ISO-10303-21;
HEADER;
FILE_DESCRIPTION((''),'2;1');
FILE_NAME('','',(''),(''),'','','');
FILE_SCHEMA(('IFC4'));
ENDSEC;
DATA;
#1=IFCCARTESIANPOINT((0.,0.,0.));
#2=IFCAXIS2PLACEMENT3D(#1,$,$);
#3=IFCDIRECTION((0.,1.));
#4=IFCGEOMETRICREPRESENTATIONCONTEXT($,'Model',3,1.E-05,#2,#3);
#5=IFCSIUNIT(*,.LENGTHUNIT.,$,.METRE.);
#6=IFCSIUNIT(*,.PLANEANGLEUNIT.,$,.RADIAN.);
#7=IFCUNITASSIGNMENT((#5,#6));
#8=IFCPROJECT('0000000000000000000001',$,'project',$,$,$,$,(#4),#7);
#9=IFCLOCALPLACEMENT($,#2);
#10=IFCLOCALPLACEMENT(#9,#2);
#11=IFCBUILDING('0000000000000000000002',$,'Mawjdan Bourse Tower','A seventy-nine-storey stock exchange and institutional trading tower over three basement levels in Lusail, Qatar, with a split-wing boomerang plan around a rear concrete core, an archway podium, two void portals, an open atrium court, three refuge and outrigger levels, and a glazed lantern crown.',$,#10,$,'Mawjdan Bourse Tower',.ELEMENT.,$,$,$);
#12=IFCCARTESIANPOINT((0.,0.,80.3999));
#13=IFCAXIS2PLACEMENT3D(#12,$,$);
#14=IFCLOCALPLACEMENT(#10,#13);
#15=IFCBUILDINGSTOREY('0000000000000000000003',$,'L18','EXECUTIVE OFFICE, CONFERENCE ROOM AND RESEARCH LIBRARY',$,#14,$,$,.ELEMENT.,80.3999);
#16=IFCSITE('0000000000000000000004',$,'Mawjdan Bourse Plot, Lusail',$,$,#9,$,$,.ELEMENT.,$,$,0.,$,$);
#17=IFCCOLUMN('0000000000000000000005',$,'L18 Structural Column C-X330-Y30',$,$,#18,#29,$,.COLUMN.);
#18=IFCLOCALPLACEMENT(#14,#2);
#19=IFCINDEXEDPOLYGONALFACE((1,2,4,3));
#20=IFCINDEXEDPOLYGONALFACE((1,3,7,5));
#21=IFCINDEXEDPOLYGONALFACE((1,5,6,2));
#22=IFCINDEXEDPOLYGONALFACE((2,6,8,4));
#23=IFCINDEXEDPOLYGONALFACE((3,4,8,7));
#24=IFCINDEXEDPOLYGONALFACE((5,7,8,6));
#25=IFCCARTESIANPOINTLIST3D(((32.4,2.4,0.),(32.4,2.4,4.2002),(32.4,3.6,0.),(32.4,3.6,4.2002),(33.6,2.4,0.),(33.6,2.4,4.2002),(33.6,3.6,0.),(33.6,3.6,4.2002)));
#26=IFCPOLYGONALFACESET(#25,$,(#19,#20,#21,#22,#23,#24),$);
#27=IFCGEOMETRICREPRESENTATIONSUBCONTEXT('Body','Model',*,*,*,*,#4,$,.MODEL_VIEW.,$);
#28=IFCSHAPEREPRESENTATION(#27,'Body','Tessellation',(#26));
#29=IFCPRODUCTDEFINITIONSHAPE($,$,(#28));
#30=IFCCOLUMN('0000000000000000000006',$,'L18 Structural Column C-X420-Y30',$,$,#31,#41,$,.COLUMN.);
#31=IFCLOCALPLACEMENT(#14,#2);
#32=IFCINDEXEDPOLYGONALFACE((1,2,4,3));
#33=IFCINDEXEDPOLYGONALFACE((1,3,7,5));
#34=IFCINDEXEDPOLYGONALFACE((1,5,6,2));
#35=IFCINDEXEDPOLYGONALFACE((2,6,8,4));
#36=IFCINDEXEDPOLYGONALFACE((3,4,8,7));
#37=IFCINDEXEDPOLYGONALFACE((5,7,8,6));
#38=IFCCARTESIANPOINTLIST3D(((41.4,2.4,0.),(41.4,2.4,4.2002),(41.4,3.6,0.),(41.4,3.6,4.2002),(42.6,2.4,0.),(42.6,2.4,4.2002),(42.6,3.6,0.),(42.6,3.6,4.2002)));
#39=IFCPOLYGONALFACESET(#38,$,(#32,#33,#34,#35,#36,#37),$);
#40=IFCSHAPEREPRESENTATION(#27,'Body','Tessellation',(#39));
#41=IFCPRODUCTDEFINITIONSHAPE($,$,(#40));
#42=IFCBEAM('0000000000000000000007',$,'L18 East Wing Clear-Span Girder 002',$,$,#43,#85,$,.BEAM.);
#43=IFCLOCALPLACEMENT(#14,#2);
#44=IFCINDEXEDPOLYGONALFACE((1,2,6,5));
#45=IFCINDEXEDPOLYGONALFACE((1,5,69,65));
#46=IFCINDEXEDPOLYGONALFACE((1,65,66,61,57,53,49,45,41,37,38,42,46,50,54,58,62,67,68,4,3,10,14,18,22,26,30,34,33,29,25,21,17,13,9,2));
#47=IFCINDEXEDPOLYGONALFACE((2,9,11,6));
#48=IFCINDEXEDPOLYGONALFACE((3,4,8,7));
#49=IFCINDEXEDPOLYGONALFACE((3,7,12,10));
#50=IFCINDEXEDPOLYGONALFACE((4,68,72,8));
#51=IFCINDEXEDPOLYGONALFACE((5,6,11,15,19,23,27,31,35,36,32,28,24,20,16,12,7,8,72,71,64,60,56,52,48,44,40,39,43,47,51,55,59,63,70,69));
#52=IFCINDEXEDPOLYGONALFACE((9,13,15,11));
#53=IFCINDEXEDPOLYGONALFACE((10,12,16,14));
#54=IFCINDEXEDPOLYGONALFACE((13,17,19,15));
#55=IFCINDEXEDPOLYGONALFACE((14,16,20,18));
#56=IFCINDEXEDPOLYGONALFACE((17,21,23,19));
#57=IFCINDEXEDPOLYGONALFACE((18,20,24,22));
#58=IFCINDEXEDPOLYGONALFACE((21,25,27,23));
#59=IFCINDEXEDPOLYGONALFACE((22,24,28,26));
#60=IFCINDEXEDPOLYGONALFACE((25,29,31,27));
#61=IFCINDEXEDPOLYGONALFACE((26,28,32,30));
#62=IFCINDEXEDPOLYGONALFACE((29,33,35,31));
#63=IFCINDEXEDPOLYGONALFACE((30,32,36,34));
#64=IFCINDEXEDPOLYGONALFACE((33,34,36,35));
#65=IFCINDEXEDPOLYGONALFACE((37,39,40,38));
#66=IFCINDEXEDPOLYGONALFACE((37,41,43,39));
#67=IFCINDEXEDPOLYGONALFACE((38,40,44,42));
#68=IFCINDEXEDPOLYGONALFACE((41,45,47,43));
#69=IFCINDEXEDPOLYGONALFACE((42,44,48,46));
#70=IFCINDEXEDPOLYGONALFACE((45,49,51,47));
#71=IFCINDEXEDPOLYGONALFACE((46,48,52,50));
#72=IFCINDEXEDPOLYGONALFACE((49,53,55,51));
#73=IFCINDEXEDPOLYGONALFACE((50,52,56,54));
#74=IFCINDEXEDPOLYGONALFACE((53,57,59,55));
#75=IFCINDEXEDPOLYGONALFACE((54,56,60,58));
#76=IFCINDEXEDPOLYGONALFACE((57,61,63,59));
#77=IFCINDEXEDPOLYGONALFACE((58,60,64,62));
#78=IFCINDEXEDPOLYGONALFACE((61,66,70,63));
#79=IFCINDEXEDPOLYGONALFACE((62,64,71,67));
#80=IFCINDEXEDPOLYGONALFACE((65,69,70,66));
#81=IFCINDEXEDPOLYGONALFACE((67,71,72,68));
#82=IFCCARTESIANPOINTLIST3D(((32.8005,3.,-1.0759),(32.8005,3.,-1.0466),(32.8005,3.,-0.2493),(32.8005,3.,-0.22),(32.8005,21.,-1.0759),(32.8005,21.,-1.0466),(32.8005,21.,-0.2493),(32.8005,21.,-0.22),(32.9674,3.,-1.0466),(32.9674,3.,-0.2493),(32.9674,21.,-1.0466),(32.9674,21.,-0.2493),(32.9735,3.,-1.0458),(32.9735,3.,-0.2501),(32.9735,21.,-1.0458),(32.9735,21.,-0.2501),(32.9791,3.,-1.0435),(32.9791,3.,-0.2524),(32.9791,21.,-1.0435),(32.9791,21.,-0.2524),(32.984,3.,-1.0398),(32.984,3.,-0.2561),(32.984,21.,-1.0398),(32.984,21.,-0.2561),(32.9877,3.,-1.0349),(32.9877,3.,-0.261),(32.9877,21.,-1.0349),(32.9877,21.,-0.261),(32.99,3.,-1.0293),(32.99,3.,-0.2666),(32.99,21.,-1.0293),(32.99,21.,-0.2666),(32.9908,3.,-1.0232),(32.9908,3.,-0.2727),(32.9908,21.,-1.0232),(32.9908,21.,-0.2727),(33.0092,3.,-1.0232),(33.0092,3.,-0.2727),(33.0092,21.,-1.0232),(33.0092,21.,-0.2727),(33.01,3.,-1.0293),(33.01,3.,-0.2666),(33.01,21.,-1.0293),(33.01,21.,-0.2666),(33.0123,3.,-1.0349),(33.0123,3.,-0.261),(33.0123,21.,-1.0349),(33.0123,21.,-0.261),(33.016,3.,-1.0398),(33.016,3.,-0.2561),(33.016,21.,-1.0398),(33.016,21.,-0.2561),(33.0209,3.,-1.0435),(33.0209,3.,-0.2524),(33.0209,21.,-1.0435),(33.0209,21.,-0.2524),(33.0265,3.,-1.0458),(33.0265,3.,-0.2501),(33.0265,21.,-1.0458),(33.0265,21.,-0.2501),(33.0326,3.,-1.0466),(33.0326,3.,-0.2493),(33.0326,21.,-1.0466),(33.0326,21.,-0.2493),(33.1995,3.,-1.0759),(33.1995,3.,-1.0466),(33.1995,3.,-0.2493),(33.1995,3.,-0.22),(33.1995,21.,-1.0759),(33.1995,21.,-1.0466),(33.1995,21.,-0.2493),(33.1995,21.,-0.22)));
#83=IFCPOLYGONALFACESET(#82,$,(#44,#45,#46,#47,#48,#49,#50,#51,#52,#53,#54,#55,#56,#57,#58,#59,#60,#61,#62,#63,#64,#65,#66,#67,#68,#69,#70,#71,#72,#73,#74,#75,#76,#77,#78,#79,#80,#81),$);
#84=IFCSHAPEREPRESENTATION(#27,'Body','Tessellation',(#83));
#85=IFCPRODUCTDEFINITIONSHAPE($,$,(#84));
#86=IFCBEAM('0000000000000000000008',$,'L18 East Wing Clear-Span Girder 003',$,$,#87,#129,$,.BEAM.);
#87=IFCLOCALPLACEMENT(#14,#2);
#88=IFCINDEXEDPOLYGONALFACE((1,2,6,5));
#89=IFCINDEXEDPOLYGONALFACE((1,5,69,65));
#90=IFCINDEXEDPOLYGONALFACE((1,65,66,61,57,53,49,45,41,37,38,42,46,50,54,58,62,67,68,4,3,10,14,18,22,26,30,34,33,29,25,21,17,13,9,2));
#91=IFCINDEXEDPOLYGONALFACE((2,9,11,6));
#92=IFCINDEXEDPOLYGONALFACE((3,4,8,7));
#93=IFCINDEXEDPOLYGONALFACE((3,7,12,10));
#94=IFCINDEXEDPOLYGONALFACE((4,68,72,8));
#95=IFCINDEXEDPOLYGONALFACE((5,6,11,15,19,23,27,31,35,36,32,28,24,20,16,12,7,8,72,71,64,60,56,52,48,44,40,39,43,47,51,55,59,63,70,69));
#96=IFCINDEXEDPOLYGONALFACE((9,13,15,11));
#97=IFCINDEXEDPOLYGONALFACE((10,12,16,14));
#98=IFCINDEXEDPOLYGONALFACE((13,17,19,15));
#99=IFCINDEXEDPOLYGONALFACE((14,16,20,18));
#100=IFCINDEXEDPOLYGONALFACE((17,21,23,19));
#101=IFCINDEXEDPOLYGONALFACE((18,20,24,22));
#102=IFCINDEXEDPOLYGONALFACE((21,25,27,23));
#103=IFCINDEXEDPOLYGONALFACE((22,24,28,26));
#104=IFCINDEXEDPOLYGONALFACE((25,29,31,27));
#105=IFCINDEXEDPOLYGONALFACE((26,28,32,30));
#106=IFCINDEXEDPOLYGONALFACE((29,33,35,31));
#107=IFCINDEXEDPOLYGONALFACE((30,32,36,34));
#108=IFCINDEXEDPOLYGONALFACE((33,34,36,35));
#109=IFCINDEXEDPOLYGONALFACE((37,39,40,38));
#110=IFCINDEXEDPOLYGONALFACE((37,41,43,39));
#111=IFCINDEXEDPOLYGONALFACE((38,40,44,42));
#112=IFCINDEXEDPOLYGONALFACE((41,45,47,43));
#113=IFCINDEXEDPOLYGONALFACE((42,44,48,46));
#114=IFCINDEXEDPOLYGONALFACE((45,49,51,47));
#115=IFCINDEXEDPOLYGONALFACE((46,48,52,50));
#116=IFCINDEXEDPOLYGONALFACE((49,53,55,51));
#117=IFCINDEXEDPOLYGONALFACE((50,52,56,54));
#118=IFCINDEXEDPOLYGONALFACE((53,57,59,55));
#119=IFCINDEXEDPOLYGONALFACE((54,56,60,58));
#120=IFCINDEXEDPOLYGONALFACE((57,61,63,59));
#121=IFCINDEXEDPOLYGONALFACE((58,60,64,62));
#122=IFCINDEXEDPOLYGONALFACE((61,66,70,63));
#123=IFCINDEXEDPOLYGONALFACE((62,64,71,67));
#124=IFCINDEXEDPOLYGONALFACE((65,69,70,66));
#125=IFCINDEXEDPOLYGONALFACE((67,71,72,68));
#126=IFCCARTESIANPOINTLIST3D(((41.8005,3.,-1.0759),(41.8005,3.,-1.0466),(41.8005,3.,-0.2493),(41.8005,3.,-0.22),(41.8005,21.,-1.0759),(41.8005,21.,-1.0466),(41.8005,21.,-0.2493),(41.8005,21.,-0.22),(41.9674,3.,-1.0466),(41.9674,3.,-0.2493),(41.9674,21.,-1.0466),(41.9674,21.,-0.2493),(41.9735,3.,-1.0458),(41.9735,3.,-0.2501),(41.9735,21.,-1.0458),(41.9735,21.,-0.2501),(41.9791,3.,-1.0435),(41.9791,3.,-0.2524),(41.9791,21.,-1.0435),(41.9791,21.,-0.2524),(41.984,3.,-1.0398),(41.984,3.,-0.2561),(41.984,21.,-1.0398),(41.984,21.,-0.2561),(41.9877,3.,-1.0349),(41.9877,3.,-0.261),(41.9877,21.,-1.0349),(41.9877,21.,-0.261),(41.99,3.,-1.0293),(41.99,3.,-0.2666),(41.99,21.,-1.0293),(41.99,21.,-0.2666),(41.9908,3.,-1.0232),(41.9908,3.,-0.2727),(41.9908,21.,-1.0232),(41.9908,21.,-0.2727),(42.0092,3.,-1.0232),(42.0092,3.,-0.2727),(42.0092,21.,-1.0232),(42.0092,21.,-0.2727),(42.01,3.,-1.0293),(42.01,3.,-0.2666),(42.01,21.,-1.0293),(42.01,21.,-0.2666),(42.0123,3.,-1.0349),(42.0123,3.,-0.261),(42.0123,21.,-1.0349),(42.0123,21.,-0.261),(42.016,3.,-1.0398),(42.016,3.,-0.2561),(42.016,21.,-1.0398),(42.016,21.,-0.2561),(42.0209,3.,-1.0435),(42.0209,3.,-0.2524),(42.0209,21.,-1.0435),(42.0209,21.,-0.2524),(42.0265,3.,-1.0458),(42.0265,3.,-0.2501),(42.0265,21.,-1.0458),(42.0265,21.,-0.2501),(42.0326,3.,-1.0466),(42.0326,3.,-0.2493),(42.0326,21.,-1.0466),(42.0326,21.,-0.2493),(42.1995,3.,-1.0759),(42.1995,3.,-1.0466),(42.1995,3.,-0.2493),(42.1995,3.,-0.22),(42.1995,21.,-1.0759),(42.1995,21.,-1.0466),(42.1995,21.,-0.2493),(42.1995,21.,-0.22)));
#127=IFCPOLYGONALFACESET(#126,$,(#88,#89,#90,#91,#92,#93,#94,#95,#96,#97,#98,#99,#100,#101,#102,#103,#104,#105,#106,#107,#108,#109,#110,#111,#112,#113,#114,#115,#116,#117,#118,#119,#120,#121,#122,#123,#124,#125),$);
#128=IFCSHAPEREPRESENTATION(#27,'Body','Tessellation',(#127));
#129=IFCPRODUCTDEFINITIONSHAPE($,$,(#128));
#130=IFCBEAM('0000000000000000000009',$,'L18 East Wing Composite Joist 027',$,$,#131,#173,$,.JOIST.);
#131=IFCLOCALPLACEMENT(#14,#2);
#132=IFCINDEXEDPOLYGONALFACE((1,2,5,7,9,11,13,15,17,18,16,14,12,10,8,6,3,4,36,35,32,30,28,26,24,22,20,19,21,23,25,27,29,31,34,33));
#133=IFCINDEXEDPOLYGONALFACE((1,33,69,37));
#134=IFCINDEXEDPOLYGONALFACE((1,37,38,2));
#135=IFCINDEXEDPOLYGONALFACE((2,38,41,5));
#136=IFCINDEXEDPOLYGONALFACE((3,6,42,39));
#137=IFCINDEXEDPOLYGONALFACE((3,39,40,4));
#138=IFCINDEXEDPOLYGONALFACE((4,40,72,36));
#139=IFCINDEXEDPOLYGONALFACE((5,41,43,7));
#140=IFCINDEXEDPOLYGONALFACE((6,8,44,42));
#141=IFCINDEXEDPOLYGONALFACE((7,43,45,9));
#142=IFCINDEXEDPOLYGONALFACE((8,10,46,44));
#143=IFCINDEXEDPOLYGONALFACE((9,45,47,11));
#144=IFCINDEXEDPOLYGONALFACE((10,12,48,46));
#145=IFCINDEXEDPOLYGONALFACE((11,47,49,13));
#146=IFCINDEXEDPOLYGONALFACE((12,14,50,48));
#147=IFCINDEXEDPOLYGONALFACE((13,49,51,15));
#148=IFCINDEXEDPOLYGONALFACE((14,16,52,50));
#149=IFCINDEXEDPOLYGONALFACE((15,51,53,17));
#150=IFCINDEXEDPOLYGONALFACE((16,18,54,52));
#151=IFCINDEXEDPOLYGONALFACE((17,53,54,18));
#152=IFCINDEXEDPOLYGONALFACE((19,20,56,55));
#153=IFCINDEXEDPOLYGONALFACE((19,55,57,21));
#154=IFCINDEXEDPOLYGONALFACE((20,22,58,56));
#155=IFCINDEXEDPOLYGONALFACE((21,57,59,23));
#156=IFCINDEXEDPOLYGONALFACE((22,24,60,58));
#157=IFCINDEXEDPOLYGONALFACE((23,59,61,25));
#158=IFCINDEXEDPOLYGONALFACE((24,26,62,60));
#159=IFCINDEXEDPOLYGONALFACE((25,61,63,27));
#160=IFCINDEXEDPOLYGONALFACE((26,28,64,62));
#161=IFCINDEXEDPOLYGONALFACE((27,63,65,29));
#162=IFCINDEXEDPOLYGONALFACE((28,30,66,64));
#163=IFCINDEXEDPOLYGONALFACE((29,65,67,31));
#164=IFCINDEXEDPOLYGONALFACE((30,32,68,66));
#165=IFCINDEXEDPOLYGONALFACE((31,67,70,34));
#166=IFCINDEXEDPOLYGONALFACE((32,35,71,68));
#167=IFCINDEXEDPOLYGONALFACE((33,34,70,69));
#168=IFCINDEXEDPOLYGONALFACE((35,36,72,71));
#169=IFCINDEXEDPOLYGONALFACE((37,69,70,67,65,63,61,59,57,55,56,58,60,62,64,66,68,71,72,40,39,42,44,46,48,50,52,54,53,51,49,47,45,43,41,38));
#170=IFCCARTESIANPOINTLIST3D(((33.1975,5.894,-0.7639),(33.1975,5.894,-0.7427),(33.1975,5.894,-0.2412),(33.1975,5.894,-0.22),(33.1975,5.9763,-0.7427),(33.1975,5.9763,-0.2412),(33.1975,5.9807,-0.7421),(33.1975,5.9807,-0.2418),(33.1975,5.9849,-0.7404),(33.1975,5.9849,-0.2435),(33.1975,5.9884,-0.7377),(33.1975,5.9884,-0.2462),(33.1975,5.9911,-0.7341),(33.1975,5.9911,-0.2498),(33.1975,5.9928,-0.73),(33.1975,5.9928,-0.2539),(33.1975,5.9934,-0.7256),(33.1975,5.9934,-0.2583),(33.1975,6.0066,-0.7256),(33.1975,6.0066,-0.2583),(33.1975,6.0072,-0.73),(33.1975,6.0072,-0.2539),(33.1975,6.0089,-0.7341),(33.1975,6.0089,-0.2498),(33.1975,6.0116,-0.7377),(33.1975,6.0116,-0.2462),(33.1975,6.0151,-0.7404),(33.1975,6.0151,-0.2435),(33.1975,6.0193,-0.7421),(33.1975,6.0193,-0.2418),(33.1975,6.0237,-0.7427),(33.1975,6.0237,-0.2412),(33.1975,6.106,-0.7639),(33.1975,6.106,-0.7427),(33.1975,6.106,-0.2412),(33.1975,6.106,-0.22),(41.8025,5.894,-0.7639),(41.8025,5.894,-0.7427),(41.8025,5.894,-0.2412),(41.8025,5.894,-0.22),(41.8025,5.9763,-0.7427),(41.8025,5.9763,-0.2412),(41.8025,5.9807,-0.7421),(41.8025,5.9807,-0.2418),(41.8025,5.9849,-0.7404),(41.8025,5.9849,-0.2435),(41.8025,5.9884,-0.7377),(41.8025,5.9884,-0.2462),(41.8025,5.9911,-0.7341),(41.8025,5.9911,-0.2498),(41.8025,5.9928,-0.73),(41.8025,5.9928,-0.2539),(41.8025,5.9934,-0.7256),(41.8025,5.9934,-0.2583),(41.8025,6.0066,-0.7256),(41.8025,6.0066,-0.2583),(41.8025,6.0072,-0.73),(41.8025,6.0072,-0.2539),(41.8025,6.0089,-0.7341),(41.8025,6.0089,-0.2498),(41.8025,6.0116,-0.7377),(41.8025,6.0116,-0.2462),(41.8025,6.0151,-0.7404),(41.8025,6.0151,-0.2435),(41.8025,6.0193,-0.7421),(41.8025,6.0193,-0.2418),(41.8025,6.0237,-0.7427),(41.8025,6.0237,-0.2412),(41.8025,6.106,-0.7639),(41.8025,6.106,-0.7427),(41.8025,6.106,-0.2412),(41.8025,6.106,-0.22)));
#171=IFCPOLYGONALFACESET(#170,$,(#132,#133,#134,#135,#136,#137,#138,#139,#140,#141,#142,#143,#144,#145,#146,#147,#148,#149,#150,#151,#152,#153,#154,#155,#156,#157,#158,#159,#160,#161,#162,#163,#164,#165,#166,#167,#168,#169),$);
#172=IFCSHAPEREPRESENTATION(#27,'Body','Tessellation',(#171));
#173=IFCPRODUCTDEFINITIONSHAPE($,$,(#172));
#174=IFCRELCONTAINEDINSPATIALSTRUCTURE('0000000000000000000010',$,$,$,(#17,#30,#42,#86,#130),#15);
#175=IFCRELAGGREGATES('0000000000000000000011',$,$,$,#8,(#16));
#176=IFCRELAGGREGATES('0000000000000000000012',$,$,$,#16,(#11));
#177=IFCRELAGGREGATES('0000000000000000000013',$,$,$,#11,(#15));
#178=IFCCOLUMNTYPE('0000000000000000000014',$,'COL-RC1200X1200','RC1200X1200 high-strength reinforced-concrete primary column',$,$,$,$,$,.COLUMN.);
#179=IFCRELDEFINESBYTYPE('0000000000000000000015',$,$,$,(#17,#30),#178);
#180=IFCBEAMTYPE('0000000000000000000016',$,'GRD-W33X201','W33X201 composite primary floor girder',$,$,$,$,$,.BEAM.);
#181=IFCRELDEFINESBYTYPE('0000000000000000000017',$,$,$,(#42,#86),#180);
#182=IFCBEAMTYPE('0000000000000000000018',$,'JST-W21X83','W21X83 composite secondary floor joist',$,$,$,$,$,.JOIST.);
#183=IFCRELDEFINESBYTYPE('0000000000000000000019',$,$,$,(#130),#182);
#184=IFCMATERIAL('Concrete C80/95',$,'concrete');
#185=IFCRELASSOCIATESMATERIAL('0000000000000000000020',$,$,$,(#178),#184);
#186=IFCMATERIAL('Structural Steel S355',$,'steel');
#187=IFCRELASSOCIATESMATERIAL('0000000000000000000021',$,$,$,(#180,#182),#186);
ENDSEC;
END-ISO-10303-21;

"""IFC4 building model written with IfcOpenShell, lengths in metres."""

from ifc_helpers import new_model, si_unit, direction, frame, origin, origin_2d, place, context, subcontext, project, spatial, rectangle, i_section, extrude, material, material_profile, profile_set, type_object, element, save


model = new_model("IFC4")

# Units and contexts
model_context = context("Model", 3, precision=1e-05, world=origin(), true_north=direction((0.0, 1.0)))
body_context = subcontext(model_context, "Body", "Model", "MODEL_VIEW")
ifc_project = project(units=[si_unit("LENGTHUNIT", "METRE"), si_unit("PLANEANGLEUNIT", "RADIAN")], contexts=[model_context])

# Site, building, storey
site_placement = place(None, origin())
site = spatial("IfcSite", under=ifc_project, at=site_placement, Name="Mawjdan Bourse Plot, Lusail", CompositionType="ELEMENT", RefElevation=0.0)
building_placement = place(site_placement, origin())
building = spatial("IfcBuilding", under=site, at=building_placement, Name="Mawjdan Bourse Tower", Description="A seventy-nine-storey stock exchange and institutional trading tower over three basement levels in Lusail, Qatar, with a split-wing boomerang plan around a rear concrete core, an archway podium, two void portals, an open atrium court, three refuge and outrigger levels, and a glazed lantern crown.", LongName="Mawjdan Bourse Tower", CompositionType="ELEMENT")
storey_placement = place(building_placement, frame((0.0, 0.0, 80.3999)))
storey = spatial("IfcBuildingStorey", under=building, at=storey_placement, Name="L18", Description="EXECUTIVE OFFICE, CONFERENCE ROOM AND RESEARCH LIBRARY", CompositionType="ELEMENT", Elevation=80.3999)

# Columns
ifc_material_1 = material(Name="Concrete C80/95", Category="concrete")
ifc_material_profile_1 = material_profile(ifc_material_1, rectangle(XDim=1.2, YDim=1.2, at=origin_2d()), Name="RC1200X1200")
ifc_profile_set_1 = profile_set([ifc_material_profile_1], Name="Concrete C80/95")
column_type = type_object("IfcColumnType", Name="COL-RC1200X1200", Description="RC1200X1200 high-strength reinforced-concrete primary column", PredefinedType="COLUMN", material=ifc_profile_set_1)
for number, where, z_axis, x_axis, name in (
    (1, (33.0, 3.0, 0.0), (0.0, 0.0, 1.0), (1.0, 0.0, 0.0), "L18 Structural Column C-X330-Y30"),
    (2, (42.0, 3.0, 0.0), (0.0, 0.0, 1.0), (1.0, 0.0, 0.0), "L18 Structural Column C-X420-Y30"),
):
    element("IfcColumn", number, at=place(storey_placement, frame(where, z_axis=z_axis, x_axis=x_axis)), inside=storey, type_object=column_type, Name=name, PredefinedType="COLUMN", context=body_context, shape_type="SweptSolid", body=[
        extrude(rectangle(XDim=1.2, YDim=1.2, at=origin_2d()), origin(), (0.0, 0.0, 1.0), 4.2002),
    ])

# Beams
ifc_material_2 = material(Name="Structural Steel S355", Category="steel")
ifc_material_profile_2 = material_profile(ifc_material_2, i_section(OverallWidth=0.3989, OverallDepth=0.856, WebThickness=0.0183, FlangeThickness=0.0293, FilletRadius=0.0234, at=origin_2d()), Name="W33X201")
ifc_profile_set_2 = profile_set([ifc_material_profile_2], Name="Structural Steel S355")
beam_type_1 = type_object("IfcBeamType", Name="GRD-W33X201", Description="W33X201 composite primary floor girder", PredefinedType="BEAM", material=ifc_profile_set_2)
for number, where, z_axis, x_axis, name in (
    (3, (33.0, 3.0, -0.6479), (0.0, 1.0, 0.0), (-1.0, 0.0, 0.0), "L18 East Wing Clear-Span Girder 002"),
    (4, (42.0, 3.0, -0.6479), (0.0, 1.0, 0.0), (-1.0, 0.0, 0.0), "L18 East Wing Clear-Span Girder 003"),
):
    element("IfcBeam", number, at=place(storey_placement, frame(where, z_axis=z_axis, x_axis=x_axis)), inside=storey, type_object=beam_type_1, Name=name, PredefinedType="BEAM", context=body_context, shape_type="SweptSolid", body=[
        extrude(i_section(OverallWidth=0.3989, OverallDepth=0.856, WebThickness=0.0183, FlangeThickness=0.0293, FilletRadius=0.0234, at=origin_2d()), origin(), (0.0, 0.0, 1.0), 18.0),
    ])
ifc_material_profile_3 = material_profile(ifc_material_2, i_section(OverallWidth=0.2119, OverallDepth=0.5439, WebThickness=0.0132, FlangeThickness=0.0212, FilletRadius=0.0171, at=origin_2d()), Name="W21X83")
ifc_profile_set_3 = profile_set([ifc_material_profile_3], Name="Structural Steel S355")
beam_type_2 = type_object("IfcBeamType", Name="JST-W21X83", Description="W21X83 composite secondary floor joist", PredefinedType="JOIST", material=ifc_profile_set_3)
beam_1_placement = place(storey_placement, frame((33.1975, 6.0, -0.4919), z_axis=(1.0, 0.0, 0.0), x_axis=(0.0, 1.0, 0.0)))
element("IfcBeam", 5, at=beam_1_placement, inside=storey, type_object=beam_type_2, Name="L18 East Wing Composite Joist 027", PredefinedType="JOIST", context=body_context, shape_type="SweptSolid", body=[
    extrude(i_section(OverallWidth=0.2119, OverallDepth=0.5439, WebThickness=0.0132, FlangeThickness=0.0212, FilletRadius=0.0171, at=origin_2d()), origin(), (0.0, 0.0, 1.0), 8.605),
])

save(model, "model.ifc")
